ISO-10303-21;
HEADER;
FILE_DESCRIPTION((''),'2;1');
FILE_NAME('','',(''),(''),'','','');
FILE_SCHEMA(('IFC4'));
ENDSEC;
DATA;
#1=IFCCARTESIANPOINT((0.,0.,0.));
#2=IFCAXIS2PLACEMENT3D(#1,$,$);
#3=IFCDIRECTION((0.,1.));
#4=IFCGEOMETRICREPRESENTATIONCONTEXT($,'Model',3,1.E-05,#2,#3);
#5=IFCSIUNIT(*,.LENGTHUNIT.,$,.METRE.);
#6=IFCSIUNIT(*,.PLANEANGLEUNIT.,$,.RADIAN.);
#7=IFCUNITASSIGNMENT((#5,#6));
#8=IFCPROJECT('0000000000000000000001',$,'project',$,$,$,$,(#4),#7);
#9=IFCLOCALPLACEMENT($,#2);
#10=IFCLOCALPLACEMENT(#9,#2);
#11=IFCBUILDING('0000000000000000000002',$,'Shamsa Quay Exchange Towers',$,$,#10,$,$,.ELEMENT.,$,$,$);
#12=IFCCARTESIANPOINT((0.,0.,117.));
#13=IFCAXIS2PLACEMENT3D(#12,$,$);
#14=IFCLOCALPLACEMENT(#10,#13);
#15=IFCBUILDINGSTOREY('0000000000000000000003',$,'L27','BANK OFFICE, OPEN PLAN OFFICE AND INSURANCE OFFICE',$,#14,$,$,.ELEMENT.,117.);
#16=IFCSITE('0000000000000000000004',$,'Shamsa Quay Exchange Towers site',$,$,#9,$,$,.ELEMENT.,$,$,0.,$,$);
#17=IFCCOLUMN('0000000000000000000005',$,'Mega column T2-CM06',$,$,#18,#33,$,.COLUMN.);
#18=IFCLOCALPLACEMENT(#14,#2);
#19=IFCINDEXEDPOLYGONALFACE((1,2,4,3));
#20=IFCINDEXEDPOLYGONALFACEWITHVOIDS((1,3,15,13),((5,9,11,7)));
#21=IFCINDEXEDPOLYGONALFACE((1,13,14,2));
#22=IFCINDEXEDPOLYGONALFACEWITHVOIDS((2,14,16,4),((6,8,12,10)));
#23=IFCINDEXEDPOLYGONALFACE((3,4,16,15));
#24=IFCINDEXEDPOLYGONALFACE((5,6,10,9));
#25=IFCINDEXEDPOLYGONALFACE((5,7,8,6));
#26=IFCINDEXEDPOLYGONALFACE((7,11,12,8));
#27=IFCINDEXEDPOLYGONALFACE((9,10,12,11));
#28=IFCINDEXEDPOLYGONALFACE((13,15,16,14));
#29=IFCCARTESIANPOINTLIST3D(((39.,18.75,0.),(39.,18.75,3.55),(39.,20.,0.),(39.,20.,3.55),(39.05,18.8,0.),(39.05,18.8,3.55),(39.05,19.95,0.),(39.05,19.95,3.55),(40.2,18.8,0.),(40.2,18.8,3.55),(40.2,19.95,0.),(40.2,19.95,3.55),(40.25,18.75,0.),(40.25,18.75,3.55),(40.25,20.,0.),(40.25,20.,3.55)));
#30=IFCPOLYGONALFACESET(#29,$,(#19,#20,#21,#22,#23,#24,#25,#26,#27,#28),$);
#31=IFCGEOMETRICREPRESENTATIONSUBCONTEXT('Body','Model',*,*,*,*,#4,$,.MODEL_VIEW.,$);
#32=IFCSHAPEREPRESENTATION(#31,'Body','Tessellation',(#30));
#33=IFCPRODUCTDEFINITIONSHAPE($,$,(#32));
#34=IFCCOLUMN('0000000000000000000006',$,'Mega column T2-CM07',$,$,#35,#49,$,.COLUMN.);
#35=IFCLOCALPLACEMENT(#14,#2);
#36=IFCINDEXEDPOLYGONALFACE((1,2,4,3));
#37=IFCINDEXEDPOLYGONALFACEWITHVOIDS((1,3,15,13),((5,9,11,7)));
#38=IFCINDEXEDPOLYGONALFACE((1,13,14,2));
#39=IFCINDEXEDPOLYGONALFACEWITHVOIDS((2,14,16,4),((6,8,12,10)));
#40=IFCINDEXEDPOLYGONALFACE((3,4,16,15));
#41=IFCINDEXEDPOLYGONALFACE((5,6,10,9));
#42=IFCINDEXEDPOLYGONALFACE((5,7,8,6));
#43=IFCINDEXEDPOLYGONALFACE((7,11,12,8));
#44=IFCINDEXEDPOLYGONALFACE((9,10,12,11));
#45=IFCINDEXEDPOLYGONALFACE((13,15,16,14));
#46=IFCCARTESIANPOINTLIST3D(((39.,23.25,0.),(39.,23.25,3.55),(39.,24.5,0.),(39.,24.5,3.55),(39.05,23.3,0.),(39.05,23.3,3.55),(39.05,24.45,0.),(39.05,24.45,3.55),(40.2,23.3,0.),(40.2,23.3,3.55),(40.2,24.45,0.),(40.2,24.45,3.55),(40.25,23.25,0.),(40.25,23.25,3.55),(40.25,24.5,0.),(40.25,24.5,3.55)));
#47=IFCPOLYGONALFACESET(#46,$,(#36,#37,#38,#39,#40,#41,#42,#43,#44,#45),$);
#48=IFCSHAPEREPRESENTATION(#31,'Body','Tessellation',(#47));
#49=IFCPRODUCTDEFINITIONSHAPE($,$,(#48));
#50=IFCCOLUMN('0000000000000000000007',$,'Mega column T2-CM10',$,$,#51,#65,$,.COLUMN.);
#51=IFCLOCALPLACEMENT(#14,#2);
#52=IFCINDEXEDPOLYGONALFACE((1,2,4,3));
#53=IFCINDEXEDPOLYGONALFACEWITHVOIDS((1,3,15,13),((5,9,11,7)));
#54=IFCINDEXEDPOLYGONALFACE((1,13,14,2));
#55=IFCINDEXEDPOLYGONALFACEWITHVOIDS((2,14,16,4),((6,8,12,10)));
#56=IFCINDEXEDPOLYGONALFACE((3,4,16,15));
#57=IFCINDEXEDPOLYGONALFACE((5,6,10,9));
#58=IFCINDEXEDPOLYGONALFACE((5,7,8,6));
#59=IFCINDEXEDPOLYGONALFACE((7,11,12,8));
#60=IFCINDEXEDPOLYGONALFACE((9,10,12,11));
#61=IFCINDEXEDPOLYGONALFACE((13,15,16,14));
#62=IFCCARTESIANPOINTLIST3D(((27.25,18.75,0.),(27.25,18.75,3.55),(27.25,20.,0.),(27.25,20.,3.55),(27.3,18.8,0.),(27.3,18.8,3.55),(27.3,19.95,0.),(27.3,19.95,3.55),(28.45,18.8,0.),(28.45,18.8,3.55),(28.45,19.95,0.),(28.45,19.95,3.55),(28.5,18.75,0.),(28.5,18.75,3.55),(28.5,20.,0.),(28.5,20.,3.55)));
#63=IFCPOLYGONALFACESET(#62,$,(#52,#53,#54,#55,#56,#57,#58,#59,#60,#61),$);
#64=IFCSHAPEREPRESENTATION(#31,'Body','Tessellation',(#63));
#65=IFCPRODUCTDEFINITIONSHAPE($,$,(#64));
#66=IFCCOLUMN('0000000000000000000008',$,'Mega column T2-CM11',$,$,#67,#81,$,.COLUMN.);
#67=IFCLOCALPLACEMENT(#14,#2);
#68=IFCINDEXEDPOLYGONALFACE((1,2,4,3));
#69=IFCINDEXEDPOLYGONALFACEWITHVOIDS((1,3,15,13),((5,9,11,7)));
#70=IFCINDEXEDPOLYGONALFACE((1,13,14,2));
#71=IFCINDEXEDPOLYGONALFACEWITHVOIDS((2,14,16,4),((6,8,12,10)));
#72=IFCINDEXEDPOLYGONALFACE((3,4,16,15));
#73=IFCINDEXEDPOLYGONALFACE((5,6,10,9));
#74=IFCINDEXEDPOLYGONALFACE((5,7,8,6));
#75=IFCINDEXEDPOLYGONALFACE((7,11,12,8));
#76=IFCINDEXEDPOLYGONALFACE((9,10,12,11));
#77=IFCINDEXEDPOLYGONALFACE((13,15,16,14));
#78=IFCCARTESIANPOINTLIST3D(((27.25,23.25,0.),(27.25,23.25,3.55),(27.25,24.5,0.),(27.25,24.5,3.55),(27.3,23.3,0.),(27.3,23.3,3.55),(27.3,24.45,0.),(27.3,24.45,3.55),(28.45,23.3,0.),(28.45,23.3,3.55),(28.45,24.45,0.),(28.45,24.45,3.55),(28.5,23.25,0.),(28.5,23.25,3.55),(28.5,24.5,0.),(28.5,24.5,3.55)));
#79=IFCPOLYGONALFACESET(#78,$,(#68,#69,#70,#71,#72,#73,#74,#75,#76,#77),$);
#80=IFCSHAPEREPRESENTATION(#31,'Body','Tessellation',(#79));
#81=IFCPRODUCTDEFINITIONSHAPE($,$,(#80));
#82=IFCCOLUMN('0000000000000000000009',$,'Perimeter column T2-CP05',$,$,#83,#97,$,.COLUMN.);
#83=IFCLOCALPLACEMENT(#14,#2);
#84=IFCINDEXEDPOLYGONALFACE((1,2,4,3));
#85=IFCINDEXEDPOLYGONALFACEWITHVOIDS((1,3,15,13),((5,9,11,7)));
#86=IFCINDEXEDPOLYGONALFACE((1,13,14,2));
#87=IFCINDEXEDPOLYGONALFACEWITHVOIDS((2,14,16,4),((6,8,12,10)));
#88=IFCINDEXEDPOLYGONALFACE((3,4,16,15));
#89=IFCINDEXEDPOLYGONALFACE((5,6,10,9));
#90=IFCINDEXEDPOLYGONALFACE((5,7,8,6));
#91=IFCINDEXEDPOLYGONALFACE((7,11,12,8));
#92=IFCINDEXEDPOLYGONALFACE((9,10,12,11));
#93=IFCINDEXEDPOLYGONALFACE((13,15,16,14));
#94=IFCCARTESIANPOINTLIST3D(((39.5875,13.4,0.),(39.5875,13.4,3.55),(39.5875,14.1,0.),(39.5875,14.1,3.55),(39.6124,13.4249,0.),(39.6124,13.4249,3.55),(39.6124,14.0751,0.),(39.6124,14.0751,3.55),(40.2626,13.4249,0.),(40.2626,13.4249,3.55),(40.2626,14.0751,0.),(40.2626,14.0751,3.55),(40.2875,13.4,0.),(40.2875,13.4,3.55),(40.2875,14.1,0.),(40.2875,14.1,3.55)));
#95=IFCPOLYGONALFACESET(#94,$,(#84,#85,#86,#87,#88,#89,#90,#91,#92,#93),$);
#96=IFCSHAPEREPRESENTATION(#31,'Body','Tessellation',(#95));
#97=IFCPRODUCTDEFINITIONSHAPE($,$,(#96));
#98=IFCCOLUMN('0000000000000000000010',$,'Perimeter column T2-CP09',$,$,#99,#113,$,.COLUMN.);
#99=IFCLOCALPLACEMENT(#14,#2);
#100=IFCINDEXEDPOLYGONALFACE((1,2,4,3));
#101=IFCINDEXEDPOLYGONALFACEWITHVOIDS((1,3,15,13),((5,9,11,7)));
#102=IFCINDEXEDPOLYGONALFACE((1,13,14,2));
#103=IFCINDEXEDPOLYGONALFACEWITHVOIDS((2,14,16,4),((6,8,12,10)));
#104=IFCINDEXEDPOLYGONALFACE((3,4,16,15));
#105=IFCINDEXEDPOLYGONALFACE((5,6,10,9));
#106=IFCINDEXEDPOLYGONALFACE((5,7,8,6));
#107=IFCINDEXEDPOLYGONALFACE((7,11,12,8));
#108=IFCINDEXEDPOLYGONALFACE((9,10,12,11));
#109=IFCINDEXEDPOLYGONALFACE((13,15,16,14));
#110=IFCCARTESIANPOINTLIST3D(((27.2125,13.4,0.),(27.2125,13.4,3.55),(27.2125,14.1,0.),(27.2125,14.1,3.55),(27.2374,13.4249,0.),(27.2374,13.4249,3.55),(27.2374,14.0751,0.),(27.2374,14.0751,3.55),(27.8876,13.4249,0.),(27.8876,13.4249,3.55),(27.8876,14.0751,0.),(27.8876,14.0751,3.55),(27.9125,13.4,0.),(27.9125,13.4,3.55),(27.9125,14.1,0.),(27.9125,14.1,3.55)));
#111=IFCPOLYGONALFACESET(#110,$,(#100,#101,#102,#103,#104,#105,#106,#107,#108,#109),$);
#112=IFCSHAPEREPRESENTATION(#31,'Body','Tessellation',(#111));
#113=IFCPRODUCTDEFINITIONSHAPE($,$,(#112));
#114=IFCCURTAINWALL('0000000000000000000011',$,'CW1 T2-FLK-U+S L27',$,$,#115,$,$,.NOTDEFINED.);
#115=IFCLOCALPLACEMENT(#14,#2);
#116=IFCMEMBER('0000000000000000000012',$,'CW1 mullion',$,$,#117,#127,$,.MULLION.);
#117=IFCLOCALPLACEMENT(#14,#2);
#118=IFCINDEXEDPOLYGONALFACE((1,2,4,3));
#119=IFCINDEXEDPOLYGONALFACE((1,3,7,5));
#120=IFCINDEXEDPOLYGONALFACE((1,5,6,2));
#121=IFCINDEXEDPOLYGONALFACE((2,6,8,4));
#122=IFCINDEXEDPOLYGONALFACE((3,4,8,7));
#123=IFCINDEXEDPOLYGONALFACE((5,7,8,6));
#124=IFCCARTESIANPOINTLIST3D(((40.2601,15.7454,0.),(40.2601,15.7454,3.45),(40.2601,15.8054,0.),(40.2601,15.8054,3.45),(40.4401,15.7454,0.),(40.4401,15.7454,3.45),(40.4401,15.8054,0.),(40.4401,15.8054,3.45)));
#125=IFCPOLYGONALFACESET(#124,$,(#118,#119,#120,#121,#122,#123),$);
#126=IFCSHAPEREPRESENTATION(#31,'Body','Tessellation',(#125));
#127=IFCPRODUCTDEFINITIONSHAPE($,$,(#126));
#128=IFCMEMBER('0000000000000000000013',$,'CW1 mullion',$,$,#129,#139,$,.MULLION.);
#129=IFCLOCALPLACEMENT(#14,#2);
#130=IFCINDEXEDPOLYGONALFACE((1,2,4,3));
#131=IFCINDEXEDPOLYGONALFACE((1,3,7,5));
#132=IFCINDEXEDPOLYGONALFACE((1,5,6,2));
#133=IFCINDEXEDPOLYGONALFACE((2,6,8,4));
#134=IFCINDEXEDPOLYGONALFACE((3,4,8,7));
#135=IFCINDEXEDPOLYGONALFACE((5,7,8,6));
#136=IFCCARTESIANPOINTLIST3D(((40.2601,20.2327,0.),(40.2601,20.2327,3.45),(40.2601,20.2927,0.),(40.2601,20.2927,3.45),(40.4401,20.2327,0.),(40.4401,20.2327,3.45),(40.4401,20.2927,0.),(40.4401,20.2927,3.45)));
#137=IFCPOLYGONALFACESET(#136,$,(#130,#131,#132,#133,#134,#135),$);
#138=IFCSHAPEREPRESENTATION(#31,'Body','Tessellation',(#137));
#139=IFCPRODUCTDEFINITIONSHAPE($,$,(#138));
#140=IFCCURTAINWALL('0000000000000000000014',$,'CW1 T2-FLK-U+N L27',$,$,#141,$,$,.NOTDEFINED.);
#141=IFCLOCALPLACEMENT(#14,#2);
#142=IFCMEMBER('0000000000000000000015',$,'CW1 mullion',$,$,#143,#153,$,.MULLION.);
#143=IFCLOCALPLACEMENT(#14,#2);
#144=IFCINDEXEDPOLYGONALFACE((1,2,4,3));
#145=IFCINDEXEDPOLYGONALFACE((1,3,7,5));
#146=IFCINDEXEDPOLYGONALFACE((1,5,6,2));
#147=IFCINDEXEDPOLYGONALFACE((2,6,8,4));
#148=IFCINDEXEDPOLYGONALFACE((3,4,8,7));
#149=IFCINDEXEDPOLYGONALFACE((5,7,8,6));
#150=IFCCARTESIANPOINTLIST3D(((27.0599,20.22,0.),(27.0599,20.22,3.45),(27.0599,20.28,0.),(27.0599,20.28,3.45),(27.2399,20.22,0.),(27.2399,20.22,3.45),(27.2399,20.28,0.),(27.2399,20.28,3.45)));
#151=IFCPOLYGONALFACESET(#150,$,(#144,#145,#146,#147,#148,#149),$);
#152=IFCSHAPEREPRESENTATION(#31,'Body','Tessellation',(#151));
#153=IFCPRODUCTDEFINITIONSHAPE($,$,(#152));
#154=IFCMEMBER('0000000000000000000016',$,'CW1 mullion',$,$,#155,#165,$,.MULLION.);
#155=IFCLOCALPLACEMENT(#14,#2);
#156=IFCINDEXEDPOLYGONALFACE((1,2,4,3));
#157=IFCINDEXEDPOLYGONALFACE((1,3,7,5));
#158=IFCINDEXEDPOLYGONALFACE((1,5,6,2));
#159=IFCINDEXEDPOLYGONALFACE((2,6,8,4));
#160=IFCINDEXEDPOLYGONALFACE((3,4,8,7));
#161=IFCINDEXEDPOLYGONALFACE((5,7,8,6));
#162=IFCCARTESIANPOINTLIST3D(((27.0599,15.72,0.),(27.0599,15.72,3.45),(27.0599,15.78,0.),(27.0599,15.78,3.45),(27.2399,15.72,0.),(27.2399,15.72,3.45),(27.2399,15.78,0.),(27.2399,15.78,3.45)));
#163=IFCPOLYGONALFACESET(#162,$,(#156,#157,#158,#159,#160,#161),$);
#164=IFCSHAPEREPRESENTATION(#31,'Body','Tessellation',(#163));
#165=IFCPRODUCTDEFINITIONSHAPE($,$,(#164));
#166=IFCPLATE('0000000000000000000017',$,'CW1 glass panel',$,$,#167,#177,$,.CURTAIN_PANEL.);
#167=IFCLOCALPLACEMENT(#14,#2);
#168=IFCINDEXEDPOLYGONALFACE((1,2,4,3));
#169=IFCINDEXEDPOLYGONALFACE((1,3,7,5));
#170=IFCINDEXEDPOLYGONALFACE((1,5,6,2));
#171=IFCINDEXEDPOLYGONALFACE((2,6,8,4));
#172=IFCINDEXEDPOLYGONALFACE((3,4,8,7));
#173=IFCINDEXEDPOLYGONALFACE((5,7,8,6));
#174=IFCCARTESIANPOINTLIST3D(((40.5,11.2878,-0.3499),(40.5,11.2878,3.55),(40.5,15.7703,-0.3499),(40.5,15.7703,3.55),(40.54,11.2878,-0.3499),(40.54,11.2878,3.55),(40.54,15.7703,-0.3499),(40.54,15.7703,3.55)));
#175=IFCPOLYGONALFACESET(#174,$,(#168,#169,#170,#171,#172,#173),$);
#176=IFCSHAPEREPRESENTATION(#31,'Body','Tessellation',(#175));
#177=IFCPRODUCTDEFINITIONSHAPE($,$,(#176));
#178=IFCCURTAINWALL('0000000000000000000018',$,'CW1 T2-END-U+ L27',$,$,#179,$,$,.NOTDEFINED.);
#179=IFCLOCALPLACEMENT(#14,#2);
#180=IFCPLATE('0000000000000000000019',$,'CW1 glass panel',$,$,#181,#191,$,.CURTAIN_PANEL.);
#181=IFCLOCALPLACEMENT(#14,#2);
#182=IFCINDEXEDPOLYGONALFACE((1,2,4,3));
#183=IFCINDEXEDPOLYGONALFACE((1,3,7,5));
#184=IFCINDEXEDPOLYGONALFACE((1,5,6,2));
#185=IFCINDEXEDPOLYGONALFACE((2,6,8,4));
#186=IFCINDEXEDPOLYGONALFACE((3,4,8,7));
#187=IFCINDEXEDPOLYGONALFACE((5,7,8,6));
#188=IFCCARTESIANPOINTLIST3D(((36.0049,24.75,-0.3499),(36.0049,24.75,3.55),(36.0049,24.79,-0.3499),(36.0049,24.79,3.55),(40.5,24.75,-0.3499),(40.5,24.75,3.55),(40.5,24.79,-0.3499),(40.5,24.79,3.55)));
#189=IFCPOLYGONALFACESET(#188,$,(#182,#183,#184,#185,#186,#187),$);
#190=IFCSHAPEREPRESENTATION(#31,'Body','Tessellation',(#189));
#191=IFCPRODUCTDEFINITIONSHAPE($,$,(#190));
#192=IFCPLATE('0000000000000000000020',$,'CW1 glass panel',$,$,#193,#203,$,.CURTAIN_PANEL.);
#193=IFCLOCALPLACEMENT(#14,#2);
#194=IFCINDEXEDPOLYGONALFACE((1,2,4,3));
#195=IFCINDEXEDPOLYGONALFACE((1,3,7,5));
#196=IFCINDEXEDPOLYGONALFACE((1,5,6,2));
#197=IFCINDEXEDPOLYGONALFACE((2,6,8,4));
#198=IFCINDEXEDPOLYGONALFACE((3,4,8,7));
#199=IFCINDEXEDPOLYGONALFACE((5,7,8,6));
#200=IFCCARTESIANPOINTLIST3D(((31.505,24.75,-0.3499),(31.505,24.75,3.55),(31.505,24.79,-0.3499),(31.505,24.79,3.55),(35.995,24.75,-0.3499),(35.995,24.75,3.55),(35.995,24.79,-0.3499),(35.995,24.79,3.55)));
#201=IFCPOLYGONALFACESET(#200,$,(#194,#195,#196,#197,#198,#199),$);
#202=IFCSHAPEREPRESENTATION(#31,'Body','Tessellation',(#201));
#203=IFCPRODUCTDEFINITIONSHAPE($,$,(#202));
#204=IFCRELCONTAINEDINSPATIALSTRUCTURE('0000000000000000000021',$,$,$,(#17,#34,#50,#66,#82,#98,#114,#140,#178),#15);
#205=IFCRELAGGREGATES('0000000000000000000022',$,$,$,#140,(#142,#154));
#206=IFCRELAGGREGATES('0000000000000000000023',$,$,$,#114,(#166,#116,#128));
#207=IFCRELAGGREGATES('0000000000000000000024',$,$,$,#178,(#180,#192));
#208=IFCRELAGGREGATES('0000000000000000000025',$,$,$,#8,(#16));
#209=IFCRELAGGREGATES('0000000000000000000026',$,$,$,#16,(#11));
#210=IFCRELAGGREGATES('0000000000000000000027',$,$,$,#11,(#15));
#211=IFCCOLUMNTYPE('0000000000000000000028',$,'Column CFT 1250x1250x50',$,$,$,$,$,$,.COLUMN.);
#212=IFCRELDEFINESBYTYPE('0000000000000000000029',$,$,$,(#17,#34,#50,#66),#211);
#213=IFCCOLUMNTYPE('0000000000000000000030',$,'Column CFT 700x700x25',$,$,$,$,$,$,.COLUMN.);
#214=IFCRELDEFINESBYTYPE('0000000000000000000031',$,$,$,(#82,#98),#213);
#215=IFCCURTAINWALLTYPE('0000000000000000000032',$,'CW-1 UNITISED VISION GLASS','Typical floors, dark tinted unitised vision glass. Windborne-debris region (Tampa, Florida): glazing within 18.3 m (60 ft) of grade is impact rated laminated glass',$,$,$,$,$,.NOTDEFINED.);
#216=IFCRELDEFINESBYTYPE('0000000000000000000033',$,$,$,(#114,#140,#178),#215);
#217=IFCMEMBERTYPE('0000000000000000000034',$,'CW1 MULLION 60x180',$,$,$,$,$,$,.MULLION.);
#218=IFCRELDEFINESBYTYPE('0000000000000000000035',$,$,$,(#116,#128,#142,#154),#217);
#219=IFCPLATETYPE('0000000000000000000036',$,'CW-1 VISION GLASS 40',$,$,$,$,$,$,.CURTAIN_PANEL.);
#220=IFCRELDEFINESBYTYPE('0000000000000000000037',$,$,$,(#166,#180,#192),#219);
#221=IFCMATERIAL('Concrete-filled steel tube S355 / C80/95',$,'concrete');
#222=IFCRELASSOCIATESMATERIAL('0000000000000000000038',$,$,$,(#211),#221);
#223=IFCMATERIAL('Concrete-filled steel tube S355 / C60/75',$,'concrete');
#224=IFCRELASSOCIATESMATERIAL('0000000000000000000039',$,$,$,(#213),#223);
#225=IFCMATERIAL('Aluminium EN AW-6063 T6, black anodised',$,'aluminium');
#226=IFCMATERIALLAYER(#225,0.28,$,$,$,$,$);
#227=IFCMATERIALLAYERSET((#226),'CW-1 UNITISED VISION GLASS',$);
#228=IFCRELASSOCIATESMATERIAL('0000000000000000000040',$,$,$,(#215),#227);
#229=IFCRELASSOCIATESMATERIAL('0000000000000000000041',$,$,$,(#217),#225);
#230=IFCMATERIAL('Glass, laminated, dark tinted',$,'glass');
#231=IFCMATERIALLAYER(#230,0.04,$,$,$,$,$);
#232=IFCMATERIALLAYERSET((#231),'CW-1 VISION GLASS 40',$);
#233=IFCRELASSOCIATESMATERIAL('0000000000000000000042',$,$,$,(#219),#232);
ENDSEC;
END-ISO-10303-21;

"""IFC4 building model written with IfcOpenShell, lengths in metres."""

from ifc_helpers import new_model, si_unit, direction, frame, origin, origin_2d, place, context, subcontext, project, spatial, rectangle, hollow_rectangle, extrude, material, layer, layer_set, material_profile, profile_set, type_object, element, aggregate, save


model = new_model("IFC4")

# Units and contexts
model_context = context("Model", 3, precision=1e-05, world=origin(), true_north=direction((0.0, 1.0)))
body_context = subcontext(model_context, "Body", "Model", "MODEL_VIEW")
ifc_project = project(units=[si_unit("LENGTHUNIT", "METRE"), si_unit("PLANEANGLEUNIT", "RADIAN")], contexts=[model_context])

# Site, building, storey
site_placement = place(None, origin())
site = spatial("IfcSite", under=ifc_project, at=site_placement, Name="Shamsa Quay Exchange Towers site", CompositionType="ELEMENT", RefElevation=0.0)
building_placement = place(site_placement, origin())
building = spatial("IfcBuilding", under=site, at=building_placement, Name="Shamsa Quay Exchange Towers", CompositionType="ELEMENT")
storey_placement = place(building_placement, frame((0.0, 0.0, 117.0)))
storey = spatial("IfcBuildingStorey", under=building, at=storey_placement, Name="L27", Description="BANK OFFICE, OPEN PLAN OFFICE AND INSURANCE OFFICE", CompositionType="ELEMENT", Elevation=117.0)

# Columns
ifc_material_1 = material(Name="Concrete-filled steel tube S355 / C80/95", Category="concrete")
ifc_material_profile_1 = material_profile(ifc_material_1, hollow_rectangle(XDim=1.25, YDim=1.25, WallThickness=0.05, at=origin_2d()), Name="CFT 1250x1250x50")
ifc_profile_set_1 = profile_set([ifc_material_profile_1], Name="Concrete-filled steel tube S355 / C80/95")
column_type_1 = type_object("IfcColumnType", Name="Column CFT 1250x1250x50", PredefinedType="COLUMN", material=ifc_profile_set_1)
for number, where, name in (
    (1, (39.625, 19.375, 0.0), "Mega column T2-CM06"),
    (2, (39.625, 23.875, 0.0), "Mega column T2-CM07"),
    (3, (27.875, 19.375, 0.0), "Mega column T2-CM10"),
    (4, (27.875, 23.875, 0.0), "Mega column T2-CM11"),
):
    element("IfcColumn", number, at=place(storey_placement, frame(where)), inside=storey, type_object=column_type_1, Name=name, PredefinedType="COLUMN", context=body_context, shape_type="SweptSolid", body=[
        extrude(hollow_rectangle(XDim=1.25, YDim=1.25, WallThickness=0.05, at=origin_2d()), origin(), (0.0, 0.0, 1.0), 3.55),
    ])
ifc_material_2 = material(Name="Concrete-filled steel tube S355 / C60/75", Category="concrete")
ifc_material_profile_2 = material_profile(ifc_material_2, hollow_rectangle(XDim=0.7, YDim=0.7, WallThickness=0.0249, at=origin_2d()), Name="CFT 700x700x25")
ifc_profile_set_2 = profile_set([ifc_material_profile_2], Name="Concrete-filled steel tube S355 / C60/75")
column_type_2 = type_object("IfcColumnType", Name="Column CFT 700x700x25", PredefinedType="COLUMN", material=ifc_profile_set_2)
for number, where, name in (
    (5, (39.9375, 13.75, 0.0), "Perimeter column T2-CP05"),
    (6, (27.5625, 13.75, 0.0), "Perimeter column T2-CP09"),
):
    element("IfcColumn", number, at=place(storey_placement, frame(where)), inside=storey, type_object=column_type_2, Name=name, PredefinedType="COLUMN", context=body_context, shape_type="SweptSolid", body=[
        extrude(hollow_rectangle(XDim=0.7, YDim=0.7, WallThickness=0.0249, at=origin_2d()), origin(), (0.0, 0.0, 1.0), 3.55),
    ])

# Curtain walls, members
ifc_material_3 = material(Name="Aluminium EN AW-6063 T6, black anodised", Category="aluminium")
ifc_layer_1 = layer(ifc_material_3, 0.28)
ifc_layer_set_1 = layer_set([ifc_layer_1], Name="CW-1 UNITISED VISION GLASS")
curtain_wall_type = type_object("IfcCurtainWallType", Name="CW-1 UNITISED VISION GLASS", Description="Typical floors, dark tinted unitised vision glass. Windborne-debris region (Tampa, Florida): glazing within 18.3 m (60 ft) of grade is impact rated laminated glass", PredefinedType="NOTDEFINED", material=ifc_layer_set_1)
curtain_wall_1_placement = place(storey_placement, origin())
curtain_wall_1 = element("IfcCurtainWall", 7, at=curtain_wall_1_placement, inside=storey, type_object=curtain_wall_type, Name="CW1 T2-FLK-U+S L27", PredefinedType="NOTDEFINED")
ifc_material_profile_3 = material_profile(ifc_material_3, rectangle(XDim=0.1799, YDim=0.0601, at=origin_2d()), Name="MU60x180")
ifc_profile_set_3 = profile_set([ifc_material_profile_3], Name="Aluminium EN AW-6063 T6, black anodised")
member_type = type_object("IfcMemberType", Name="CW1 MULLION 60x180", PredefinedType="MULLION", material=ifc_profile_set_3)
member_1_placement = place(storey_placement, frame((40.3501, 15.7754, 0.0), z_axis=(0.0, 0.0, 1.0), x_axis=(-1.0, 0.0, 0.0)))
member_1 = element("IfcMember", 8, at=member_1_placement, type_object=member_type, Name="CW1 mullion", PredefinedType="MULLION", context=body_context, shape_type="SweptSolid", body=[
    extrude(rectangle(XDim=0.1799, YDim=0.0601, at=origin_2d()), origin(), (0.0, 0.0, 1.0), 3.45),
])
member_2_placement = place(storey_placement, frame((40.3501, 20.2627, 0.0), z_axis=(0.0, 0.0, 1.0), x_axis=(-1.0, 0.0, 0.0)))
member_2 = element("IfcMember", 9, at=member_2_placement, type_object=member_type, Name="CW1 mullion", PredefinedType="MULLION", context=body_context, shape_type="SweptSolid", body=[
    extrude(rectangle(XDim=0.1799, YDim=0.0601, at=origin_2d()), origin(), (0.0, 0.0, 1.0), 3.45),
])
curtain_wall_2_placement = place(storey_placement, origin())
curtain_wall_2 = element("IfcCurtainWall", 10, at=curtain_wall_2_placement, inside=storey, type_object=curtain_wall_type, Name="CW1 T2-FLK-U+N L27", PredefinedType="NOTDEFINED")
member_3_placement = place(storey_placement, frame((27.1499, 20.25, 0.0)))
member_3 = element("IfcMember", 11, at=member_3_placement, type_object=member_type, Name="CW1 mullion", PredefinedType="MULLION", context=body_context, shape_type="SweptSolid", body=[
    extrude(rectangle(XDim=0.1799, YDim=0.0601, at=origin_2d()), origin(), (0.0, 0.0, 1.0), 3.45),
])
member_4_placement = place(storey_placement, frame((27.1499, 15.75, 0.0)))
member_4 = element("IfcMember", 12, at=member_4_placement, type_object=member_type, Name="CW1 mullion", PredefinedType="MULLION", context=body_context, shape_type="SweptSolid", body=[
    extrude(rectangle(XDim=0.1799, YDim=0.0601, at=origin_2d()), origin(), (0.0, 0.0, 1.0), 3.45),
])
aggregate(curtain_wall_2, [member_3, member_4])

# Plate
ifc_material_4 = material(Name="Glass, laminated, dark tinted", Category="glass")
ifc_layer_2 = layer(ifc_material_4, 0.04)
ifc_layer_set_2 = layer_set([ifc_layer_2], Name="CW-1 VISION GLASS 40")
plate_type = type_object("IfcPlateType", Name="CW-1 VISION GLASS 40", PredefinedType="CURTAIN_PANEL", material=ifc_layer_set_2)
plate_1_placement = place(storey_placement, frame((40.52, 13.5291, -0.3499), z_axis=(0.0, 0.0, 1.0), x_axis=(0.0, 1.0, 0.0)))
plate_1 = element("IfcPlate", 13, at=plate_1_placement, type_object=plate_type, Name="CW1 glass panel", PredefinedType="CURTAIN_PANEL", context=body_context, shape_type="SweptSolid", body=[
    extrude(rectangle(XDim=4.4824, YDim=0.04, at=origin_2d()), origin(), (0.0, 0.0, 1.0), 3.8999),
])
aggregate(curtain_wall_1, [plate_1, member_1, member_2])

# Curtain wall, plates
curtain_wall_3_placement = place(storey_placement, origin())
curtain_wall_3 = element("IfcCurtainWall", 14, at=curtain_wall_3_placement, inside=storey, type_object=curtain_wall_type, Name="CW1 T2-END-U+ L27", PredefinedType="NOTDEFINED")
plate_2_placement = place(storey_placement, frame((38.2524, 24.77, -0.3499), z_axis=(0.0, 0.0, 1.0), x_axis=(-1.0, 0.0, 0.0)))
plate_2 = element("IfcPlate", 15, at=plate_2_placement, type_object=plate_type, Name="CW1 glass panel", PredefinedType="CURTAIN_PANEL", context=body_context, shape_type="SweptSolid", body=[
    extrude(rectangle(XDim=4.4951, YDim=0.04, at=origin_2d()), origin(), (0.0, 0.0, 1.0), 3.8999),
])
plate_3_placement = place(storey_placement, frame((33.75, 24.77, -0.3499), z_axis=(0.0, 0.0, 1.0), x_axis=(-1.0, 0.0, 0.0)))
plate_3 = element("IfcPlate", 16, at=plate_3_placement, type_object=plate_type, Name="CW1 glass panel", PredefinedType="CURTAIN_PANEL", context=body_context, shape_type="SweptSolid", body=[
    extrude(rectangle(XDim=4.49, YDim=0.04, at=origin_2d()), origin(), (0.0, 0.0, 1.0), 3.8999),
])
aggregate(curtain_wall_3, [plate_2, plate_3])

save(model, "model.ifc")
